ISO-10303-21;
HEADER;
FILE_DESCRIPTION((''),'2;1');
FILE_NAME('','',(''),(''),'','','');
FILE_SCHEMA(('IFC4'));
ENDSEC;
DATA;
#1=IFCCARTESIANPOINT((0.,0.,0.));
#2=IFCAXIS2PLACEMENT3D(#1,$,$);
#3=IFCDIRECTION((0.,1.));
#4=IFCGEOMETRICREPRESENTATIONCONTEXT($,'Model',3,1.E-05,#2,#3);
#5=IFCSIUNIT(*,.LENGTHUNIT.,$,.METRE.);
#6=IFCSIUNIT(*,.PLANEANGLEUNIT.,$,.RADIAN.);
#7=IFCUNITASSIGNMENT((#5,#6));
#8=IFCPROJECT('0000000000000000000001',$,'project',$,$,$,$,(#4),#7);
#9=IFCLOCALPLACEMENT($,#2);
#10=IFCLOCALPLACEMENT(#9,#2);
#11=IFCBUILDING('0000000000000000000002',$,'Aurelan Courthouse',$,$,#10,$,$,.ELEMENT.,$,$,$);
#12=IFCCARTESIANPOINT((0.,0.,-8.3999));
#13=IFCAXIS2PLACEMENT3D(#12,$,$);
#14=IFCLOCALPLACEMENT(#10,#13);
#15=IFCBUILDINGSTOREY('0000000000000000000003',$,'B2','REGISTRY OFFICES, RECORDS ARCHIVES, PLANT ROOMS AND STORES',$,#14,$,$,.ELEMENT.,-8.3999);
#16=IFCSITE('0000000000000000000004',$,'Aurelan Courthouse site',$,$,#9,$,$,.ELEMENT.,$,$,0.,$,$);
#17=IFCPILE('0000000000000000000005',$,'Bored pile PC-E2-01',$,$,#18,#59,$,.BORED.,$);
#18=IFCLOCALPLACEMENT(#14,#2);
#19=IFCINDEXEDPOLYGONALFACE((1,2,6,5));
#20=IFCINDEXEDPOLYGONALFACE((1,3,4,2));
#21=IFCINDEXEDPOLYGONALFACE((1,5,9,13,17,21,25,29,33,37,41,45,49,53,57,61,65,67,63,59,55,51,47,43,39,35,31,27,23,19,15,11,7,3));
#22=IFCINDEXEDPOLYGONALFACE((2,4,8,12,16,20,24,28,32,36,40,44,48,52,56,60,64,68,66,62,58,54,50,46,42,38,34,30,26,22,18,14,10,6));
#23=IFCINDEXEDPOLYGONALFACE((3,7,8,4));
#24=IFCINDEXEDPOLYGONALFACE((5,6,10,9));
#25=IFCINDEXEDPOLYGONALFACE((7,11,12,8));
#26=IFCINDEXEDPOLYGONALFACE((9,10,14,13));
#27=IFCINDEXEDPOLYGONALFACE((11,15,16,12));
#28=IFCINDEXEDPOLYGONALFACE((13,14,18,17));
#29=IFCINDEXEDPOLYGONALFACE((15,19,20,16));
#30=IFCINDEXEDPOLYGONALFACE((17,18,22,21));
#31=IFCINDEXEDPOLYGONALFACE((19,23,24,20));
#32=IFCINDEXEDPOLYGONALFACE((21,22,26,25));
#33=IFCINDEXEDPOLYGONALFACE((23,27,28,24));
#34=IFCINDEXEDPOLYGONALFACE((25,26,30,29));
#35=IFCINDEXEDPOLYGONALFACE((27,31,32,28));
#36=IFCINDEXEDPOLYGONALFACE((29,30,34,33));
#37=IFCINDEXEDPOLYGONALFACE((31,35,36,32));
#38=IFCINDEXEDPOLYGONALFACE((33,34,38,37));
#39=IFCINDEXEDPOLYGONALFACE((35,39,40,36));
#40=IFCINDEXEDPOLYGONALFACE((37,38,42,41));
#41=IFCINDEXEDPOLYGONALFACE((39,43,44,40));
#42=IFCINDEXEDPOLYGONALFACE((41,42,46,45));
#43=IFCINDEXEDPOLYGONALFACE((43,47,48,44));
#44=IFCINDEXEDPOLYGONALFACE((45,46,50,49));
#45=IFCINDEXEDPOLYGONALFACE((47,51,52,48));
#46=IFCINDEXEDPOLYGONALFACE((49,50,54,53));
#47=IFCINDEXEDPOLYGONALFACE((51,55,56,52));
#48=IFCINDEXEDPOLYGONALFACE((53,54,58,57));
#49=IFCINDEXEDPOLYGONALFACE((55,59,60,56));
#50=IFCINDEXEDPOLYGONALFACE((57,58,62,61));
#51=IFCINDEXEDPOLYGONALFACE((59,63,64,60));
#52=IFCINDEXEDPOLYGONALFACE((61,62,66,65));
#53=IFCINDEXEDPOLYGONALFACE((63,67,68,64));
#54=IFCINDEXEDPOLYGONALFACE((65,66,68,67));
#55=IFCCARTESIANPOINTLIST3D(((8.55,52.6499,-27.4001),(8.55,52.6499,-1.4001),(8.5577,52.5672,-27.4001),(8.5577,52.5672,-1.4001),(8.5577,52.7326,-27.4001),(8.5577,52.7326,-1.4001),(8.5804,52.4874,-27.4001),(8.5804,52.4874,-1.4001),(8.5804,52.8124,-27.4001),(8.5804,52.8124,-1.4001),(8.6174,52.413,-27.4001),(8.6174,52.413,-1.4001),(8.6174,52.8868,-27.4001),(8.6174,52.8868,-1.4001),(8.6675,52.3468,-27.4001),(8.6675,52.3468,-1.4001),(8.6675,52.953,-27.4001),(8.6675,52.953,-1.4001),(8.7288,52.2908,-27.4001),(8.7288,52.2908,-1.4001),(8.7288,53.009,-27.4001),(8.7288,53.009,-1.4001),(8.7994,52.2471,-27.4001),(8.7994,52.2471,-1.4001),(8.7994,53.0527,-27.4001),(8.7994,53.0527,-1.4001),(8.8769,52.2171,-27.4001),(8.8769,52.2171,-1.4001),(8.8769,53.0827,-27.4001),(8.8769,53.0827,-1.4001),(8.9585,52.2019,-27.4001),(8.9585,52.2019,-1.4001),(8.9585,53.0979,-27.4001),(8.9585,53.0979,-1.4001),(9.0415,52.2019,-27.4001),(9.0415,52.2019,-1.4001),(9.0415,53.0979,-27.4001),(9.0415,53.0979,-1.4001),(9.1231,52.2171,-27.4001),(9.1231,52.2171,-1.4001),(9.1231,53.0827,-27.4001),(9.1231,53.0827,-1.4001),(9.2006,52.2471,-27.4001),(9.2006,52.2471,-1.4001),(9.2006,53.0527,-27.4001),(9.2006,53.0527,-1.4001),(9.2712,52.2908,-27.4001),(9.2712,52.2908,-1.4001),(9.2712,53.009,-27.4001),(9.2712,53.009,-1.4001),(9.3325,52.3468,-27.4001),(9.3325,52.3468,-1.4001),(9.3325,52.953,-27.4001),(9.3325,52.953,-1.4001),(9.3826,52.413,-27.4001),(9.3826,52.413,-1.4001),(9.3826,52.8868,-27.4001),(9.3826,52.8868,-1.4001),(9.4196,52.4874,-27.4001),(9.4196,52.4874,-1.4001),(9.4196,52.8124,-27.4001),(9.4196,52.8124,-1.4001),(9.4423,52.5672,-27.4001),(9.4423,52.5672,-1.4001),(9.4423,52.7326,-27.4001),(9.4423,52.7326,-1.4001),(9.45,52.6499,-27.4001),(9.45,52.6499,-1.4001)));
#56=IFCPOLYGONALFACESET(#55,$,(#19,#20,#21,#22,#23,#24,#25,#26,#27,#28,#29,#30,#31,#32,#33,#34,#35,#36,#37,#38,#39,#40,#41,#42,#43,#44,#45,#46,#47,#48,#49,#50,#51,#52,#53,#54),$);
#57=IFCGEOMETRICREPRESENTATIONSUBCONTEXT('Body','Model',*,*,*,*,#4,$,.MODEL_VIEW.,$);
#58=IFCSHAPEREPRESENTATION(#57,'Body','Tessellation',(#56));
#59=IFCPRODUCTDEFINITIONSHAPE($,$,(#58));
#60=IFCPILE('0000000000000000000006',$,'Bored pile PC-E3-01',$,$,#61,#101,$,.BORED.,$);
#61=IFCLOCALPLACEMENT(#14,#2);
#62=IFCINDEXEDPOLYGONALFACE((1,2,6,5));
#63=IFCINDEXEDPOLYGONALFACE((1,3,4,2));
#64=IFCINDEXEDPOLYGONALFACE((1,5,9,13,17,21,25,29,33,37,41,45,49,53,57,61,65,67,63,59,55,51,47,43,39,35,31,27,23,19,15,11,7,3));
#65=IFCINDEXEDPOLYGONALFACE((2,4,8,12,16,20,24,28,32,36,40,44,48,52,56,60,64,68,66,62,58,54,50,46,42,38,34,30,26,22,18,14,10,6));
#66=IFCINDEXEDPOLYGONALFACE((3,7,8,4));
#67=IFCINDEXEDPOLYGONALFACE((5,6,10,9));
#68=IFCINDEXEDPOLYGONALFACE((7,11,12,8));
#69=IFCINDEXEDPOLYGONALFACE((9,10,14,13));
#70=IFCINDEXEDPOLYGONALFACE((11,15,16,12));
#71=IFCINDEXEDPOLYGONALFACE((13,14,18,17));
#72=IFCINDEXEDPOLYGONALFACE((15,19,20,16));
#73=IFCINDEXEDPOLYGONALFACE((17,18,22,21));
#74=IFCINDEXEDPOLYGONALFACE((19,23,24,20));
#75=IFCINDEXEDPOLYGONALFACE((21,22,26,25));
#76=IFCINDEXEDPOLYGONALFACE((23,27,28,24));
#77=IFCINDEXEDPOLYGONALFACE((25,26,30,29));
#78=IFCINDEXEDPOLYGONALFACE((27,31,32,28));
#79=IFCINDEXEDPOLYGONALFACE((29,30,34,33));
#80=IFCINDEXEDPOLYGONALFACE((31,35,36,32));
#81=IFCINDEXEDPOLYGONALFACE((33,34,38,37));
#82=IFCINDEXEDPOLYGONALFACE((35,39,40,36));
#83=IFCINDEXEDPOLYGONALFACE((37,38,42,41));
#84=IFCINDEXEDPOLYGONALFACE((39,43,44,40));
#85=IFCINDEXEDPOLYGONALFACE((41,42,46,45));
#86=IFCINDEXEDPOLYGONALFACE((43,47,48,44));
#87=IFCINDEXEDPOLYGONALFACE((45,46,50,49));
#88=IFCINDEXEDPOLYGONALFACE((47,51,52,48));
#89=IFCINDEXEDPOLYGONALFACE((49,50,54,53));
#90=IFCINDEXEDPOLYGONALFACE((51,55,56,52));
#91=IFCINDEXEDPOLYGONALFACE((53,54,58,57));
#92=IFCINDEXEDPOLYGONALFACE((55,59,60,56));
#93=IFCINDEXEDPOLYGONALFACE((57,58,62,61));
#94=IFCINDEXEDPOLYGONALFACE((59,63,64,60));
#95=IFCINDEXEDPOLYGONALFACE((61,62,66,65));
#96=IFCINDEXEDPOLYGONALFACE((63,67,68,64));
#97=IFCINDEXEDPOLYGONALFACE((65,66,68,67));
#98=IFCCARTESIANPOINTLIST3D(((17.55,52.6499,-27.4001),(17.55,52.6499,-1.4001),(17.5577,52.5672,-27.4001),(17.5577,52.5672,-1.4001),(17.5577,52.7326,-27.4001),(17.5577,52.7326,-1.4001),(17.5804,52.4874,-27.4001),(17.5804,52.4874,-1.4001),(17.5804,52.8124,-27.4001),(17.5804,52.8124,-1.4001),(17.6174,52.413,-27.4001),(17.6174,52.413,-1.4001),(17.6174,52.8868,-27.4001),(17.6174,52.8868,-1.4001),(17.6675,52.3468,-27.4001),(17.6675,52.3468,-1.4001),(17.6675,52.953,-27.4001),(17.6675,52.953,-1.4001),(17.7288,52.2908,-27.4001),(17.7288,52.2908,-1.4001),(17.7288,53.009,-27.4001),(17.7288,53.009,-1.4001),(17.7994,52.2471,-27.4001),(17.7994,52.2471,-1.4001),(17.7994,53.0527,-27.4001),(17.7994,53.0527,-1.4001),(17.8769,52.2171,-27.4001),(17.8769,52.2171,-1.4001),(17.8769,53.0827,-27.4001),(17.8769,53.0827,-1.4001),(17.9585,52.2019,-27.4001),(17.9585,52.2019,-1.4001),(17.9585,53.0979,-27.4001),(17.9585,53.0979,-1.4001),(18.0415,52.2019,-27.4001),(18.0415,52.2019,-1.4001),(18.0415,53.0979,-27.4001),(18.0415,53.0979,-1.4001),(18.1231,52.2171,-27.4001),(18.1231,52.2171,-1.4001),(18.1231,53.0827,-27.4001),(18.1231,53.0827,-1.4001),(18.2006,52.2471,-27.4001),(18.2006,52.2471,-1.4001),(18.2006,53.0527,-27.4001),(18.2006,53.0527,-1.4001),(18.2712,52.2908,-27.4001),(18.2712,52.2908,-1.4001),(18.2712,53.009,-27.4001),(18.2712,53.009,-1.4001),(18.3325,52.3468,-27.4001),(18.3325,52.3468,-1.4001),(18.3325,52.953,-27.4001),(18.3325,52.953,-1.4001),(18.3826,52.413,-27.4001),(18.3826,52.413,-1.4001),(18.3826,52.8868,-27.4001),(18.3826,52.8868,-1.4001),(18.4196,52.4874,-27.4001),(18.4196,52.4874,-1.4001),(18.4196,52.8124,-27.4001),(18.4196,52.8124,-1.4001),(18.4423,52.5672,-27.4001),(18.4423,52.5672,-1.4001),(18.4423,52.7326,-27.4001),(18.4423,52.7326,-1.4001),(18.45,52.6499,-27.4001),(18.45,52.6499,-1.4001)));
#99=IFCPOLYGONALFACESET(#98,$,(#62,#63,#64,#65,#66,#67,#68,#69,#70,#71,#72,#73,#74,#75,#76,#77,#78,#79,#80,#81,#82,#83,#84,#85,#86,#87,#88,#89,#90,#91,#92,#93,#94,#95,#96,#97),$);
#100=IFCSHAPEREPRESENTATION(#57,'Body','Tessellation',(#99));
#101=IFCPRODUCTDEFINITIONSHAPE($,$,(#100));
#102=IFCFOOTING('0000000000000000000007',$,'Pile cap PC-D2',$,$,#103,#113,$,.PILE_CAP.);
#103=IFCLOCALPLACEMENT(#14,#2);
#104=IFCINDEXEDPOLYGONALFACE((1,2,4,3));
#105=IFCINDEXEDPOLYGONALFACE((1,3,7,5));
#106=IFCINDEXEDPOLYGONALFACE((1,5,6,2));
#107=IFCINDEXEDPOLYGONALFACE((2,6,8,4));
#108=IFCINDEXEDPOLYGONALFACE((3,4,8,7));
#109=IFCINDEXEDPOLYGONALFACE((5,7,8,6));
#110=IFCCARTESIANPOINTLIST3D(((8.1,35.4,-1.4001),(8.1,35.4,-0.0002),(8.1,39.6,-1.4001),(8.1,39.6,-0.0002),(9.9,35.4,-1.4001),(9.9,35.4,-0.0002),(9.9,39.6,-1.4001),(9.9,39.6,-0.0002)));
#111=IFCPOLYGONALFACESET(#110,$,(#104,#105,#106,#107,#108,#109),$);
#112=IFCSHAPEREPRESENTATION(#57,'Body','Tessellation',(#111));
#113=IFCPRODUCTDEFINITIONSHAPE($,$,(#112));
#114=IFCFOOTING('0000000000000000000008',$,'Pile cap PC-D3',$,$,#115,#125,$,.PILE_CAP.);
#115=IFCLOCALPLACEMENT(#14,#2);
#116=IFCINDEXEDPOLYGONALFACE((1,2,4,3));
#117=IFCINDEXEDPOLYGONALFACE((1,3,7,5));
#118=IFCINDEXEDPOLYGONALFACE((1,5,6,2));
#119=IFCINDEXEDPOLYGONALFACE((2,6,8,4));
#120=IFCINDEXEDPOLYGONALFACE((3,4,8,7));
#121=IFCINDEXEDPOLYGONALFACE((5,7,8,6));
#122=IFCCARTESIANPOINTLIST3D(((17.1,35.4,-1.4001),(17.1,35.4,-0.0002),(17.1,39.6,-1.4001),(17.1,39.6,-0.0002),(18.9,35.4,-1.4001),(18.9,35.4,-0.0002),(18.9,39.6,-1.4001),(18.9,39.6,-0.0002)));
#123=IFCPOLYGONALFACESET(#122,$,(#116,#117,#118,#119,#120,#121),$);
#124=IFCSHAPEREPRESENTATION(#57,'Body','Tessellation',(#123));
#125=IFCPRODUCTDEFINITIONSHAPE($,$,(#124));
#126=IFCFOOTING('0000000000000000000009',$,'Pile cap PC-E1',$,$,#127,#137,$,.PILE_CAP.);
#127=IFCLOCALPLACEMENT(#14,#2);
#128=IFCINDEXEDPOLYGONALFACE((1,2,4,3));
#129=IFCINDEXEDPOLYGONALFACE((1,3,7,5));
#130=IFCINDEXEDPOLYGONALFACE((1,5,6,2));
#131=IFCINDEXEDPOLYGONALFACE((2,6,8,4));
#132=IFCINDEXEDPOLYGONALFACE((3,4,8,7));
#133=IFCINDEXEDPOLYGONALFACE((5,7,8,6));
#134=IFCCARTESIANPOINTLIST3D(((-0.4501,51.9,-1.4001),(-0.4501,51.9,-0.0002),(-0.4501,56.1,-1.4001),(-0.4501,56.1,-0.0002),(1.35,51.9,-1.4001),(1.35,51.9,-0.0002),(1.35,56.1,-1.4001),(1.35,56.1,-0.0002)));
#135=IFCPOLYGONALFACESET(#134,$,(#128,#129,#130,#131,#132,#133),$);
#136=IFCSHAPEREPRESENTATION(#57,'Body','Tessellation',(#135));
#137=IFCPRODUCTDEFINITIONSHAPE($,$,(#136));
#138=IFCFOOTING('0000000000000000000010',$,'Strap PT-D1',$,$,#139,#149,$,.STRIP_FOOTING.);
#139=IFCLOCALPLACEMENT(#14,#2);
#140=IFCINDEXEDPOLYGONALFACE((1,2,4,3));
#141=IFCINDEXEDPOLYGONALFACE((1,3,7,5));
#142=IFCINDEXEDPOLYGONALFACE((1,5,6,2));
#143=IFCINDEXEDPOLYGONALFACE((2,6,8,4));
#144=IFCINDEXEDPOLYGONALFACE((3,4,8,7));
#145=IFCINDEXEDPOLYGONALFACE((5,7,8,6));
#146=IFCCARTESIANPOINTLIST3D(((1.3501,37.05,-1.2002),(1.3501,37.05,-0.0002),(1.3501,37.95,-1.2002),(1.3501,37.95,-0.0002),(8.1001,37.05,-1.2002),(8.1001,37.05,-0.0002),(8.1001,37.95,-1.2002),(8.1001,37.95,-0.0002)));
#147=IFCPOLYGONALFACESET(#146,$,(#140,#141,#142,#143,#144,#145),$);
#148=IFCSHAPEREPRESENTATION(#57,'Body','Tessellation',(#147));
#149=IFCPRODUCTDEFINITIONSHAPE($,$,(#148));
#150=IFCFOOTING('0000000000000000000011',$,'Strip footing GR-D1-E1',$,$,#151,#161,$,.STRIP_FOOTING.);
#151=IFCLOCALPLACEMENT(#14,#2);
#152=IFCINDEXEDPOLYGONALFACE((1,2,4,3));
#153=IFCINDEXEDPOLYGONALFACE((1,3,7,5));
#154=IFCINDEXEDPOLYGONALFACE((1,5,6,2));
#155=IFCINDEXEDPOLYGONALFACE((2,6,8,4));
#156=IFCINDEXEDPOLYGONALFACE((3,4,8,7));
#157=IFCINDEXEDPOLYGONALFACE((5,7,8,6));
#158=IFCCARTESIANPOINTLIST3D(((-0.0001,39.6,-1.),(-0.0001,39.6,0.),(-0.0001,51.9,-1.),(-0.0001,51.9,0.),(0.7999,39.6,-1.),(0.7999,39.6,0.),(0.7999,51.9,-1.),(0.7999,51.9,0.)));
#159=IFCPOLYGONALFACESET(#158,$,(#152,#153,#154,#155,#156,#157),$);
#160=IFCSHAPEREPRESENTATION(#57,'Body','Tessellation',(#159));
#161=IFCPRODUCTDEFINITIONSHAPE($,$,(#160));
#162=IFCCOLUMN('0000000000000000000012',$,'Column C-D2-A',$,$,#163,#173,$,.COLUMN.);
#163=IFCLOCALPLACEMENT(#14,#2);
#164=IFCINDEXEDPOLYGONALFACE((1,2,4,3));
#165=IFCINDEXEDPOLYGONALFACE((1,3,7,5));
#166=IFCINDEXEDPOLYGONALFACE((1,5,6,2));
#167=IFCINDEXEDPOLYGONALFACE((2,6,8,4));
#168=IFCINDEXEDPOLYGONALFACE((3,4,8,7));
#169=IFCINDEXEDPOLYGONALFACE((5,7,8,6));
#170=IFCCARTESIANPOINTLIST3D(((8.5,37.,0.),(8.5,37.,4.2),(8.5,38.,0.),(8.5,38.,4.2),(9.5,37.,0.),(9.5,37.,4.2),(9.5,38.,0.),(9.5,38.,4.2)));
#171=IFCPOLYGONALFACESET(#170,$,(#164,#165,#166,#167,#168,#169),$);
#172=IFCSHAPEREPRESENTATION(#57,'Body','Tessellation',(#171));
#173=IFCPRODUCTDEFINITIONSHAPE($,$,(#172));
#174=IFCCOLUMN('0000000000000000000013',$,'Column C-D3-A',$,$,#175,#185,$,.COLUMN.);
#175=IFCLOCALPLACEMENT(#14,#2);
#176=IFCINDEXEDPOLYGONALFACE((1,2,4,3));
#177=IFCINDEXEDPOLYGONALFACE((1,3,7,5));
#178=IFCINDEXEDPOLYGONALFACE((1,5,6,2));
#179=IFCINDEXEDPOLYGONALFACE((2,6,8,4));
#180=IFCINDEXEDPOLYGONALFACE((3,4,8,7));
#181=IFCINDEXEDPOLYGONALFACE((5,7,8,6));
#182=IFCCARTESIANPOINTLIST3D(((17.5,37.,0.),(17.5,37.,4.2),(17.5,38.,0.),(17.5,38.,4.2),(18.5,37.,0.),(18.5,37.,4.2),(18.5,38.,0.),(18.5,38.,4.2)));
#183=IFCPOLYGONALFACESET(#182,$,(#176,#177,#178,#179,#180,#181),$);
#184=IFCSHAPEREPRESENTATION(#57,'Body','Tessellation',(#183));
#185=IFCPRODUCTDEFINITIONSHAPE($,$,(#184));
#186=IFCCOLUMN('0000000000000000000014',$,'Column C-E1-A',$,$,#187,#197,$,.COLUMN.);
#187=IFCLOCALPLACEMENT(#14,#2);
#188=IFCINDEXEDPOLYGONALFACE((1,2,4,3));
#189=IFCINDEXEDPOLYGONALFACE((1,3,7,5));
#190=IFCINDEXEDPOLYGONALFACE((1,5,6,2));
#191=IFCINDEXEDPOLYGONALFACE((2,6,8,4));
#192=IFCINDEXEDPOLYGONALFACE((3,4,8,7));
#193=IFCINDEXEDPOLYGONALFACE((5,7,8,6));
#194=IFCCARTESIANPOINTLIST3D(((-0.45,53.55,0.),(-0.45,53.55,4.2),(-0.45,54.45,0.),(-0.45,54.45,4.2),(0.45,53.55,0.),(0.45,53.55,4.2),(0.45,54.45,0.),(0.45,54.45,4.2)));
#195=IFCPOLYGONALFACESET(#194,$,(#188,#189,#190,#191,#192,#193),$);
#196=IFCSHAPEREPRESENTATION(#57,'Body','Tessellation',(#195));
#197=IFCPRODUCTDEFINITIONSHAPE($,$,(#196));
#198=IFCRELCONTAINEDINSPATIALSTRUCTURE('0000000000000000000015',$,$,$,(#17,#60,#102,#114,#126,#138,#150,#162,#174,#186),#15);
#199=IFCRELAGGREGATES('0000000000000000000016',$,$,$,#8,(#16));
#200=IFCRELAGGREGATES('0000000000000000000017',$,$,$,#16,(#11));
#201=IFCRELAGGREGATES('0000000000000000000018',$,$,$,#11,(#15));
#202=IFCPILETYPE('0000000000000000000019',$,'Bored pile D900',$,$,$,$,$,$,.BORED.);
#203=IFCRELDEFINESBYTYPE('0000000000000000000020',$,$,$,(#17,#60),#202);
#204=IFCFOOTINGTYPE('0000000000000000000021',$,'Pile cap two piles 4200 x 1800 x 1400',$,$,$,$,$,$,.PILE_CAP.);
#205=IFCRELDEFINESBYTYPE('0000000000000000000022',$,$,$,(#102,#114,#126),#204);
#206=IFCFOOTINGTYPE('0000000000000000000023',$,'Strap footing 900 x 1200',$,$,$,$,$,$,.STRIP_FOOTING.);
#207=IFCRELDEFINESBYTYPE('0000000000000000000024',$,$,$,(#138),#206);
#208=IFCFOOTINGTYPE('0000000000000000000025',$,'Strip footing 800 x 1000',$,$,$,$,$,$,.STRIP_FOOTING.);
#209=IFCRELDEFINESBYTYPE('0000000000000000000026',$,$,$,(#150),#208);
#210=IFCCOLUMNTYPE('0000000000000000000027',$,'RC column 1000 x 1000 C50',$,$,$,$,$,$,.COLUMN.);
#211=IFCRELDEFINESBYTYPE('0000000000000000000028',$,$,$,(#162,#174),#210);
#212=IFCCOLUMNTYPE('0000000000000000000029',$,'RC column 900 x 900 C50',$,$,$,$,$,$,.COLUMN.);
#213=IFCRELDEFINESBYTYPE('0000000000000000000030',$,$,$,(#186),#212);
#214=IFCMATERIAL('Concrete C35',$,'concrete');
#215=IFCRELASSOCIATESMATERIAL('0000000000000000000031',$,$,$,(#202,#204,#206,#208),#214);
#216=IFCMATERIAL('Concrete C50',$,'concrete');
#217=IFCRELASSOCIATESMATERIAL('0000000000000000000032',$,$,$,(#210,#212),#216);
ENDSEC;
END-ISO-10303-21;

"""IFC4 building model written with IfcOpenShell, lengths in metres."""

from ifc_helpers import new_model, si_unit, direction, frame, origin, origin_2d, place, context, subcontext, project, spatial, rectangle, circle, extrude, material, material_profile, profile_set, type_object, element, save


model = new_model("IFC4")

# Units and contexts
model_context = context("Model", 3, precision=1e-05, world=origin(), true_north=direction((0.0, 1.0)))
body_context = subcontext(model_context, "Body", "Model", "MODEL_VIEW")
ifc_project = project(units=[si_unit("LENGTHUNIT", "METRE"), si_unit("PLANEANGLEUNIT", "RADIAN")], contexts=[model_context])

# Site, building, storey
site_placement = place(None, origin())
site = spatial("IfcSite", under=ifc_project, at=site_placement, Name="Aurelan Courthouse site", CompositionType="ELEMENT", RefElevation=0.0)
building_placement = place(site_placement, origin())
building = spatial("IfcBuilding", under=site, at=building_placement, Name="Aurelan Courthouse", CompositionType="ELEMENT")
storey_placement = place(building_placement, frame((0.0, 0.0, -8.3999)))
storey = spatial("IfcBuildingStorey", under=building, at=storey_placement, Name="B2", Description="REGISTRY OFFICES, RECORDS ARCHIVES, PLANT ROOMS AND STORES", CompositionType="ELEMENT", Elevation=-8.3999)

# Piles
ifc_material_1 = material(Name="Concrete C35", Category="concrete")
ifc_material_profile_1 = material_profile(ifc_material_1, circle(Radius=0.45, at=origin_2d()), Name="D900")
ifc_profile_set_1 = profile_set([ifc_material_profile_1], Name="Concrete C35")
pile_type = type_object("IfcPileType", Name="Bored pile D900", PredefinedType="BORED", material=ifc_profile_set_1)
for number, where, z_axis, x_axis, name in (
    (1, (9.0, 52.6499, -1.4001), (0.0, 0.0, -1.0), (1.0, 0.0, 0.0), "Bored pile PC-E2-01"),
    (2, (18.0, 52.6499, -1.4001), (0.0, 0.0, -1.0), (1.0, 0.0, 0.0), "Bored pile PC-E3-01"),
):
    element("IfcPile", number, at=place(storey_placement, frame(where, z_axis=z_axis, x_axis=x_axis)), inside=storey, type_object=pile_type, Name=name, PredefinedType="BORED", context=body_context, shape_type="SweptSolid", body=[
        extrude(circle(Radius=0.45, at=origin_2d()), origin(), (0.0, 0.0, 1.0), 26.0),
    ])

# Footings
footing_type_1 = type_object("IfcFootingType", Name="Pile cap two piles 4200 x 1800 x 1400", PredefinedType="PILE_CAP", material=ifc_material_1)
for number, where, z_axis, x_axis, name in (
    (3, (9.0, 37.5, -1.4001), (0.0, 0.0, 1.0), (0.0, 1.0, 0.0), "Pile cap PC-D2"),
    (4, (18.0, 37.5, -1.4001), (0.0, 0.0, 1.0), (0.0, 1.0, 0.0), "Pile cap PC-D3"),
    (5, (0.45, 54.0, -1.4001), (0.0, 0.0, 1.0), (0.0, 1.0, 0.0), "Pile cap PC-E1"),
):
    element("IfcFooting", number, at=place(storey_placement, frame(where, z_axis=z_axis, x_axis=x_axis)), inside=storey, type_object=footing_type_1, Name=name, PredefinedType="PILE_CAP", context=body_context, shape_type="SweptSolid", body=[
        extrude(rectangle(XDim=4.2, YDim=1.8, at=origin_2d()), origin(), (0.0, 0.0, 1.0), 1.3999),
    ])
footing_type_2 = type_object("IfcFootingType", Name="Strap footing 900 x 1200", PredefinedType="STRIP_FOOTING", material=ifc_material_1)
footing_1_placement = place(storey_placement, frame((4.7251, 37.5, -1.2002), z_axis=(0.0, 0.0, 1.0), x_axis=(1.0, 0.0, 0.0)))
element("IfcFooting", 6, at=footing_1_placement, inside=storey, type_object=footing_type_2, Name="Strap PT-D1", PredefinedType="STRIP_FOOTING", context=body_context, shape_type="SweptSolid", body=[
    extrude(rectangle(XDim=6.75, YDim=0.8999, at=origin_2d()), origin(), (0.0, 0.0, 1.0), 1.2),
])
footing_type_3 = type_object("IfcFootingType", Name="Strip footing 800 x 1000", PredefinedType="STRIP_FOOTING", material=ifc_material_1)
footing_2_placement = place(storey_placement, frame((0.3999, 45.75, -1.0), z_axis=(0.0, 0.0, 1.0), x_axis=(1.0, 0.0, 0.0)))
element("IfcFooting", 7, at=footing_2_placement, inside=storey, type_object=footing_type_3, Name="Strip footing GR-D1-E1", PredefinedType="STRIP_FOOTING", context=body_context, shape_type="SweptSolid", body=[
    extrude(rectangle(XDim=0.8, YDim=12.3, at=origin_2d()), origin(), (0.0, 0.0, 1.0), 1.0),
])

# Columns
ifc_material_2 = material(Name="Concrete C50", Category="concrete")
ifc_material_profile_2 = material_profile(ifc_material_2, rectangle(XDim=1.0, YDim=1.0, at=origin_2d()), Name="RC 1000 x 1000")
ifc_profile_set_2 = profile_set([ifc_material_profile_2], Name="Concrete C50")
column_type_1 = type_object("IfcColumnType", Name="RC column 1000 x 1000 C50", PredefinedType="COLUMN", material=ifc_profile_set_2)
for number, where, z_axis, x_axis, name in (
    (8, (9.0, 37.5, 0.0), (0.0, 0.0, 1.0), (1.0, 0.0, 0.0), "Column C-D2-A"),
    (9, (18.0, 37.5, 0.0), (0.0, 0.0, 1.0), (1.0, 0.0, 0.0), "Column C-D3-A"),
):
    element("IfcColumn", number, at=place(storey_placement, frame(where, z_axis=z_axis, x_axis=x_axis)), inside=storey, type_object=column_type_1, Name=name, PredefinedType="COLUMN", context=body_context, shape_type="SweptSolid", body=[
        extrude(rectangle(XDim=1.0, YDim=1.0, at=origin_2d()), origin(), (0.0, 0.0, 1.0), 4.2),
    ])
ifc_material_profile_3 = material_profile(ifc_material_2, rectangle(XDim=0.8999, YDim=0.8999, at=origin_2d()), Name="RC 900 x 900")
ifc_profile_set_3 = profile_set([ifc_material_profile_3], Name="Concrete C50")
column_type_2 = type_object("IfcColumnType", Name="RC column 900 x 900 C50", PredefinedType="COLUMN", material=ifc_profile_set_3)
column_placement = place(storey_placement, frame((0.0, 54.0, 0.0), z_axis=(0.0, 0.0, 1.0), x_axis=(1.0, 0.0, 0.0)))
element("IfcColumn", 10, at=column_placement, inside=storey, type_object=column_type_2, Name="Column C-E1-A", PredefinedType="COLUMN", context=body_context, shape_type="SweptSolid", body=[
    extrude(rectangle(XDim=0.8999, YDim=0.8999, at=origin_2d()), origin(), (0.0, 0.0, 1.0), 4.2),
])

save(model, "model.ifc")
